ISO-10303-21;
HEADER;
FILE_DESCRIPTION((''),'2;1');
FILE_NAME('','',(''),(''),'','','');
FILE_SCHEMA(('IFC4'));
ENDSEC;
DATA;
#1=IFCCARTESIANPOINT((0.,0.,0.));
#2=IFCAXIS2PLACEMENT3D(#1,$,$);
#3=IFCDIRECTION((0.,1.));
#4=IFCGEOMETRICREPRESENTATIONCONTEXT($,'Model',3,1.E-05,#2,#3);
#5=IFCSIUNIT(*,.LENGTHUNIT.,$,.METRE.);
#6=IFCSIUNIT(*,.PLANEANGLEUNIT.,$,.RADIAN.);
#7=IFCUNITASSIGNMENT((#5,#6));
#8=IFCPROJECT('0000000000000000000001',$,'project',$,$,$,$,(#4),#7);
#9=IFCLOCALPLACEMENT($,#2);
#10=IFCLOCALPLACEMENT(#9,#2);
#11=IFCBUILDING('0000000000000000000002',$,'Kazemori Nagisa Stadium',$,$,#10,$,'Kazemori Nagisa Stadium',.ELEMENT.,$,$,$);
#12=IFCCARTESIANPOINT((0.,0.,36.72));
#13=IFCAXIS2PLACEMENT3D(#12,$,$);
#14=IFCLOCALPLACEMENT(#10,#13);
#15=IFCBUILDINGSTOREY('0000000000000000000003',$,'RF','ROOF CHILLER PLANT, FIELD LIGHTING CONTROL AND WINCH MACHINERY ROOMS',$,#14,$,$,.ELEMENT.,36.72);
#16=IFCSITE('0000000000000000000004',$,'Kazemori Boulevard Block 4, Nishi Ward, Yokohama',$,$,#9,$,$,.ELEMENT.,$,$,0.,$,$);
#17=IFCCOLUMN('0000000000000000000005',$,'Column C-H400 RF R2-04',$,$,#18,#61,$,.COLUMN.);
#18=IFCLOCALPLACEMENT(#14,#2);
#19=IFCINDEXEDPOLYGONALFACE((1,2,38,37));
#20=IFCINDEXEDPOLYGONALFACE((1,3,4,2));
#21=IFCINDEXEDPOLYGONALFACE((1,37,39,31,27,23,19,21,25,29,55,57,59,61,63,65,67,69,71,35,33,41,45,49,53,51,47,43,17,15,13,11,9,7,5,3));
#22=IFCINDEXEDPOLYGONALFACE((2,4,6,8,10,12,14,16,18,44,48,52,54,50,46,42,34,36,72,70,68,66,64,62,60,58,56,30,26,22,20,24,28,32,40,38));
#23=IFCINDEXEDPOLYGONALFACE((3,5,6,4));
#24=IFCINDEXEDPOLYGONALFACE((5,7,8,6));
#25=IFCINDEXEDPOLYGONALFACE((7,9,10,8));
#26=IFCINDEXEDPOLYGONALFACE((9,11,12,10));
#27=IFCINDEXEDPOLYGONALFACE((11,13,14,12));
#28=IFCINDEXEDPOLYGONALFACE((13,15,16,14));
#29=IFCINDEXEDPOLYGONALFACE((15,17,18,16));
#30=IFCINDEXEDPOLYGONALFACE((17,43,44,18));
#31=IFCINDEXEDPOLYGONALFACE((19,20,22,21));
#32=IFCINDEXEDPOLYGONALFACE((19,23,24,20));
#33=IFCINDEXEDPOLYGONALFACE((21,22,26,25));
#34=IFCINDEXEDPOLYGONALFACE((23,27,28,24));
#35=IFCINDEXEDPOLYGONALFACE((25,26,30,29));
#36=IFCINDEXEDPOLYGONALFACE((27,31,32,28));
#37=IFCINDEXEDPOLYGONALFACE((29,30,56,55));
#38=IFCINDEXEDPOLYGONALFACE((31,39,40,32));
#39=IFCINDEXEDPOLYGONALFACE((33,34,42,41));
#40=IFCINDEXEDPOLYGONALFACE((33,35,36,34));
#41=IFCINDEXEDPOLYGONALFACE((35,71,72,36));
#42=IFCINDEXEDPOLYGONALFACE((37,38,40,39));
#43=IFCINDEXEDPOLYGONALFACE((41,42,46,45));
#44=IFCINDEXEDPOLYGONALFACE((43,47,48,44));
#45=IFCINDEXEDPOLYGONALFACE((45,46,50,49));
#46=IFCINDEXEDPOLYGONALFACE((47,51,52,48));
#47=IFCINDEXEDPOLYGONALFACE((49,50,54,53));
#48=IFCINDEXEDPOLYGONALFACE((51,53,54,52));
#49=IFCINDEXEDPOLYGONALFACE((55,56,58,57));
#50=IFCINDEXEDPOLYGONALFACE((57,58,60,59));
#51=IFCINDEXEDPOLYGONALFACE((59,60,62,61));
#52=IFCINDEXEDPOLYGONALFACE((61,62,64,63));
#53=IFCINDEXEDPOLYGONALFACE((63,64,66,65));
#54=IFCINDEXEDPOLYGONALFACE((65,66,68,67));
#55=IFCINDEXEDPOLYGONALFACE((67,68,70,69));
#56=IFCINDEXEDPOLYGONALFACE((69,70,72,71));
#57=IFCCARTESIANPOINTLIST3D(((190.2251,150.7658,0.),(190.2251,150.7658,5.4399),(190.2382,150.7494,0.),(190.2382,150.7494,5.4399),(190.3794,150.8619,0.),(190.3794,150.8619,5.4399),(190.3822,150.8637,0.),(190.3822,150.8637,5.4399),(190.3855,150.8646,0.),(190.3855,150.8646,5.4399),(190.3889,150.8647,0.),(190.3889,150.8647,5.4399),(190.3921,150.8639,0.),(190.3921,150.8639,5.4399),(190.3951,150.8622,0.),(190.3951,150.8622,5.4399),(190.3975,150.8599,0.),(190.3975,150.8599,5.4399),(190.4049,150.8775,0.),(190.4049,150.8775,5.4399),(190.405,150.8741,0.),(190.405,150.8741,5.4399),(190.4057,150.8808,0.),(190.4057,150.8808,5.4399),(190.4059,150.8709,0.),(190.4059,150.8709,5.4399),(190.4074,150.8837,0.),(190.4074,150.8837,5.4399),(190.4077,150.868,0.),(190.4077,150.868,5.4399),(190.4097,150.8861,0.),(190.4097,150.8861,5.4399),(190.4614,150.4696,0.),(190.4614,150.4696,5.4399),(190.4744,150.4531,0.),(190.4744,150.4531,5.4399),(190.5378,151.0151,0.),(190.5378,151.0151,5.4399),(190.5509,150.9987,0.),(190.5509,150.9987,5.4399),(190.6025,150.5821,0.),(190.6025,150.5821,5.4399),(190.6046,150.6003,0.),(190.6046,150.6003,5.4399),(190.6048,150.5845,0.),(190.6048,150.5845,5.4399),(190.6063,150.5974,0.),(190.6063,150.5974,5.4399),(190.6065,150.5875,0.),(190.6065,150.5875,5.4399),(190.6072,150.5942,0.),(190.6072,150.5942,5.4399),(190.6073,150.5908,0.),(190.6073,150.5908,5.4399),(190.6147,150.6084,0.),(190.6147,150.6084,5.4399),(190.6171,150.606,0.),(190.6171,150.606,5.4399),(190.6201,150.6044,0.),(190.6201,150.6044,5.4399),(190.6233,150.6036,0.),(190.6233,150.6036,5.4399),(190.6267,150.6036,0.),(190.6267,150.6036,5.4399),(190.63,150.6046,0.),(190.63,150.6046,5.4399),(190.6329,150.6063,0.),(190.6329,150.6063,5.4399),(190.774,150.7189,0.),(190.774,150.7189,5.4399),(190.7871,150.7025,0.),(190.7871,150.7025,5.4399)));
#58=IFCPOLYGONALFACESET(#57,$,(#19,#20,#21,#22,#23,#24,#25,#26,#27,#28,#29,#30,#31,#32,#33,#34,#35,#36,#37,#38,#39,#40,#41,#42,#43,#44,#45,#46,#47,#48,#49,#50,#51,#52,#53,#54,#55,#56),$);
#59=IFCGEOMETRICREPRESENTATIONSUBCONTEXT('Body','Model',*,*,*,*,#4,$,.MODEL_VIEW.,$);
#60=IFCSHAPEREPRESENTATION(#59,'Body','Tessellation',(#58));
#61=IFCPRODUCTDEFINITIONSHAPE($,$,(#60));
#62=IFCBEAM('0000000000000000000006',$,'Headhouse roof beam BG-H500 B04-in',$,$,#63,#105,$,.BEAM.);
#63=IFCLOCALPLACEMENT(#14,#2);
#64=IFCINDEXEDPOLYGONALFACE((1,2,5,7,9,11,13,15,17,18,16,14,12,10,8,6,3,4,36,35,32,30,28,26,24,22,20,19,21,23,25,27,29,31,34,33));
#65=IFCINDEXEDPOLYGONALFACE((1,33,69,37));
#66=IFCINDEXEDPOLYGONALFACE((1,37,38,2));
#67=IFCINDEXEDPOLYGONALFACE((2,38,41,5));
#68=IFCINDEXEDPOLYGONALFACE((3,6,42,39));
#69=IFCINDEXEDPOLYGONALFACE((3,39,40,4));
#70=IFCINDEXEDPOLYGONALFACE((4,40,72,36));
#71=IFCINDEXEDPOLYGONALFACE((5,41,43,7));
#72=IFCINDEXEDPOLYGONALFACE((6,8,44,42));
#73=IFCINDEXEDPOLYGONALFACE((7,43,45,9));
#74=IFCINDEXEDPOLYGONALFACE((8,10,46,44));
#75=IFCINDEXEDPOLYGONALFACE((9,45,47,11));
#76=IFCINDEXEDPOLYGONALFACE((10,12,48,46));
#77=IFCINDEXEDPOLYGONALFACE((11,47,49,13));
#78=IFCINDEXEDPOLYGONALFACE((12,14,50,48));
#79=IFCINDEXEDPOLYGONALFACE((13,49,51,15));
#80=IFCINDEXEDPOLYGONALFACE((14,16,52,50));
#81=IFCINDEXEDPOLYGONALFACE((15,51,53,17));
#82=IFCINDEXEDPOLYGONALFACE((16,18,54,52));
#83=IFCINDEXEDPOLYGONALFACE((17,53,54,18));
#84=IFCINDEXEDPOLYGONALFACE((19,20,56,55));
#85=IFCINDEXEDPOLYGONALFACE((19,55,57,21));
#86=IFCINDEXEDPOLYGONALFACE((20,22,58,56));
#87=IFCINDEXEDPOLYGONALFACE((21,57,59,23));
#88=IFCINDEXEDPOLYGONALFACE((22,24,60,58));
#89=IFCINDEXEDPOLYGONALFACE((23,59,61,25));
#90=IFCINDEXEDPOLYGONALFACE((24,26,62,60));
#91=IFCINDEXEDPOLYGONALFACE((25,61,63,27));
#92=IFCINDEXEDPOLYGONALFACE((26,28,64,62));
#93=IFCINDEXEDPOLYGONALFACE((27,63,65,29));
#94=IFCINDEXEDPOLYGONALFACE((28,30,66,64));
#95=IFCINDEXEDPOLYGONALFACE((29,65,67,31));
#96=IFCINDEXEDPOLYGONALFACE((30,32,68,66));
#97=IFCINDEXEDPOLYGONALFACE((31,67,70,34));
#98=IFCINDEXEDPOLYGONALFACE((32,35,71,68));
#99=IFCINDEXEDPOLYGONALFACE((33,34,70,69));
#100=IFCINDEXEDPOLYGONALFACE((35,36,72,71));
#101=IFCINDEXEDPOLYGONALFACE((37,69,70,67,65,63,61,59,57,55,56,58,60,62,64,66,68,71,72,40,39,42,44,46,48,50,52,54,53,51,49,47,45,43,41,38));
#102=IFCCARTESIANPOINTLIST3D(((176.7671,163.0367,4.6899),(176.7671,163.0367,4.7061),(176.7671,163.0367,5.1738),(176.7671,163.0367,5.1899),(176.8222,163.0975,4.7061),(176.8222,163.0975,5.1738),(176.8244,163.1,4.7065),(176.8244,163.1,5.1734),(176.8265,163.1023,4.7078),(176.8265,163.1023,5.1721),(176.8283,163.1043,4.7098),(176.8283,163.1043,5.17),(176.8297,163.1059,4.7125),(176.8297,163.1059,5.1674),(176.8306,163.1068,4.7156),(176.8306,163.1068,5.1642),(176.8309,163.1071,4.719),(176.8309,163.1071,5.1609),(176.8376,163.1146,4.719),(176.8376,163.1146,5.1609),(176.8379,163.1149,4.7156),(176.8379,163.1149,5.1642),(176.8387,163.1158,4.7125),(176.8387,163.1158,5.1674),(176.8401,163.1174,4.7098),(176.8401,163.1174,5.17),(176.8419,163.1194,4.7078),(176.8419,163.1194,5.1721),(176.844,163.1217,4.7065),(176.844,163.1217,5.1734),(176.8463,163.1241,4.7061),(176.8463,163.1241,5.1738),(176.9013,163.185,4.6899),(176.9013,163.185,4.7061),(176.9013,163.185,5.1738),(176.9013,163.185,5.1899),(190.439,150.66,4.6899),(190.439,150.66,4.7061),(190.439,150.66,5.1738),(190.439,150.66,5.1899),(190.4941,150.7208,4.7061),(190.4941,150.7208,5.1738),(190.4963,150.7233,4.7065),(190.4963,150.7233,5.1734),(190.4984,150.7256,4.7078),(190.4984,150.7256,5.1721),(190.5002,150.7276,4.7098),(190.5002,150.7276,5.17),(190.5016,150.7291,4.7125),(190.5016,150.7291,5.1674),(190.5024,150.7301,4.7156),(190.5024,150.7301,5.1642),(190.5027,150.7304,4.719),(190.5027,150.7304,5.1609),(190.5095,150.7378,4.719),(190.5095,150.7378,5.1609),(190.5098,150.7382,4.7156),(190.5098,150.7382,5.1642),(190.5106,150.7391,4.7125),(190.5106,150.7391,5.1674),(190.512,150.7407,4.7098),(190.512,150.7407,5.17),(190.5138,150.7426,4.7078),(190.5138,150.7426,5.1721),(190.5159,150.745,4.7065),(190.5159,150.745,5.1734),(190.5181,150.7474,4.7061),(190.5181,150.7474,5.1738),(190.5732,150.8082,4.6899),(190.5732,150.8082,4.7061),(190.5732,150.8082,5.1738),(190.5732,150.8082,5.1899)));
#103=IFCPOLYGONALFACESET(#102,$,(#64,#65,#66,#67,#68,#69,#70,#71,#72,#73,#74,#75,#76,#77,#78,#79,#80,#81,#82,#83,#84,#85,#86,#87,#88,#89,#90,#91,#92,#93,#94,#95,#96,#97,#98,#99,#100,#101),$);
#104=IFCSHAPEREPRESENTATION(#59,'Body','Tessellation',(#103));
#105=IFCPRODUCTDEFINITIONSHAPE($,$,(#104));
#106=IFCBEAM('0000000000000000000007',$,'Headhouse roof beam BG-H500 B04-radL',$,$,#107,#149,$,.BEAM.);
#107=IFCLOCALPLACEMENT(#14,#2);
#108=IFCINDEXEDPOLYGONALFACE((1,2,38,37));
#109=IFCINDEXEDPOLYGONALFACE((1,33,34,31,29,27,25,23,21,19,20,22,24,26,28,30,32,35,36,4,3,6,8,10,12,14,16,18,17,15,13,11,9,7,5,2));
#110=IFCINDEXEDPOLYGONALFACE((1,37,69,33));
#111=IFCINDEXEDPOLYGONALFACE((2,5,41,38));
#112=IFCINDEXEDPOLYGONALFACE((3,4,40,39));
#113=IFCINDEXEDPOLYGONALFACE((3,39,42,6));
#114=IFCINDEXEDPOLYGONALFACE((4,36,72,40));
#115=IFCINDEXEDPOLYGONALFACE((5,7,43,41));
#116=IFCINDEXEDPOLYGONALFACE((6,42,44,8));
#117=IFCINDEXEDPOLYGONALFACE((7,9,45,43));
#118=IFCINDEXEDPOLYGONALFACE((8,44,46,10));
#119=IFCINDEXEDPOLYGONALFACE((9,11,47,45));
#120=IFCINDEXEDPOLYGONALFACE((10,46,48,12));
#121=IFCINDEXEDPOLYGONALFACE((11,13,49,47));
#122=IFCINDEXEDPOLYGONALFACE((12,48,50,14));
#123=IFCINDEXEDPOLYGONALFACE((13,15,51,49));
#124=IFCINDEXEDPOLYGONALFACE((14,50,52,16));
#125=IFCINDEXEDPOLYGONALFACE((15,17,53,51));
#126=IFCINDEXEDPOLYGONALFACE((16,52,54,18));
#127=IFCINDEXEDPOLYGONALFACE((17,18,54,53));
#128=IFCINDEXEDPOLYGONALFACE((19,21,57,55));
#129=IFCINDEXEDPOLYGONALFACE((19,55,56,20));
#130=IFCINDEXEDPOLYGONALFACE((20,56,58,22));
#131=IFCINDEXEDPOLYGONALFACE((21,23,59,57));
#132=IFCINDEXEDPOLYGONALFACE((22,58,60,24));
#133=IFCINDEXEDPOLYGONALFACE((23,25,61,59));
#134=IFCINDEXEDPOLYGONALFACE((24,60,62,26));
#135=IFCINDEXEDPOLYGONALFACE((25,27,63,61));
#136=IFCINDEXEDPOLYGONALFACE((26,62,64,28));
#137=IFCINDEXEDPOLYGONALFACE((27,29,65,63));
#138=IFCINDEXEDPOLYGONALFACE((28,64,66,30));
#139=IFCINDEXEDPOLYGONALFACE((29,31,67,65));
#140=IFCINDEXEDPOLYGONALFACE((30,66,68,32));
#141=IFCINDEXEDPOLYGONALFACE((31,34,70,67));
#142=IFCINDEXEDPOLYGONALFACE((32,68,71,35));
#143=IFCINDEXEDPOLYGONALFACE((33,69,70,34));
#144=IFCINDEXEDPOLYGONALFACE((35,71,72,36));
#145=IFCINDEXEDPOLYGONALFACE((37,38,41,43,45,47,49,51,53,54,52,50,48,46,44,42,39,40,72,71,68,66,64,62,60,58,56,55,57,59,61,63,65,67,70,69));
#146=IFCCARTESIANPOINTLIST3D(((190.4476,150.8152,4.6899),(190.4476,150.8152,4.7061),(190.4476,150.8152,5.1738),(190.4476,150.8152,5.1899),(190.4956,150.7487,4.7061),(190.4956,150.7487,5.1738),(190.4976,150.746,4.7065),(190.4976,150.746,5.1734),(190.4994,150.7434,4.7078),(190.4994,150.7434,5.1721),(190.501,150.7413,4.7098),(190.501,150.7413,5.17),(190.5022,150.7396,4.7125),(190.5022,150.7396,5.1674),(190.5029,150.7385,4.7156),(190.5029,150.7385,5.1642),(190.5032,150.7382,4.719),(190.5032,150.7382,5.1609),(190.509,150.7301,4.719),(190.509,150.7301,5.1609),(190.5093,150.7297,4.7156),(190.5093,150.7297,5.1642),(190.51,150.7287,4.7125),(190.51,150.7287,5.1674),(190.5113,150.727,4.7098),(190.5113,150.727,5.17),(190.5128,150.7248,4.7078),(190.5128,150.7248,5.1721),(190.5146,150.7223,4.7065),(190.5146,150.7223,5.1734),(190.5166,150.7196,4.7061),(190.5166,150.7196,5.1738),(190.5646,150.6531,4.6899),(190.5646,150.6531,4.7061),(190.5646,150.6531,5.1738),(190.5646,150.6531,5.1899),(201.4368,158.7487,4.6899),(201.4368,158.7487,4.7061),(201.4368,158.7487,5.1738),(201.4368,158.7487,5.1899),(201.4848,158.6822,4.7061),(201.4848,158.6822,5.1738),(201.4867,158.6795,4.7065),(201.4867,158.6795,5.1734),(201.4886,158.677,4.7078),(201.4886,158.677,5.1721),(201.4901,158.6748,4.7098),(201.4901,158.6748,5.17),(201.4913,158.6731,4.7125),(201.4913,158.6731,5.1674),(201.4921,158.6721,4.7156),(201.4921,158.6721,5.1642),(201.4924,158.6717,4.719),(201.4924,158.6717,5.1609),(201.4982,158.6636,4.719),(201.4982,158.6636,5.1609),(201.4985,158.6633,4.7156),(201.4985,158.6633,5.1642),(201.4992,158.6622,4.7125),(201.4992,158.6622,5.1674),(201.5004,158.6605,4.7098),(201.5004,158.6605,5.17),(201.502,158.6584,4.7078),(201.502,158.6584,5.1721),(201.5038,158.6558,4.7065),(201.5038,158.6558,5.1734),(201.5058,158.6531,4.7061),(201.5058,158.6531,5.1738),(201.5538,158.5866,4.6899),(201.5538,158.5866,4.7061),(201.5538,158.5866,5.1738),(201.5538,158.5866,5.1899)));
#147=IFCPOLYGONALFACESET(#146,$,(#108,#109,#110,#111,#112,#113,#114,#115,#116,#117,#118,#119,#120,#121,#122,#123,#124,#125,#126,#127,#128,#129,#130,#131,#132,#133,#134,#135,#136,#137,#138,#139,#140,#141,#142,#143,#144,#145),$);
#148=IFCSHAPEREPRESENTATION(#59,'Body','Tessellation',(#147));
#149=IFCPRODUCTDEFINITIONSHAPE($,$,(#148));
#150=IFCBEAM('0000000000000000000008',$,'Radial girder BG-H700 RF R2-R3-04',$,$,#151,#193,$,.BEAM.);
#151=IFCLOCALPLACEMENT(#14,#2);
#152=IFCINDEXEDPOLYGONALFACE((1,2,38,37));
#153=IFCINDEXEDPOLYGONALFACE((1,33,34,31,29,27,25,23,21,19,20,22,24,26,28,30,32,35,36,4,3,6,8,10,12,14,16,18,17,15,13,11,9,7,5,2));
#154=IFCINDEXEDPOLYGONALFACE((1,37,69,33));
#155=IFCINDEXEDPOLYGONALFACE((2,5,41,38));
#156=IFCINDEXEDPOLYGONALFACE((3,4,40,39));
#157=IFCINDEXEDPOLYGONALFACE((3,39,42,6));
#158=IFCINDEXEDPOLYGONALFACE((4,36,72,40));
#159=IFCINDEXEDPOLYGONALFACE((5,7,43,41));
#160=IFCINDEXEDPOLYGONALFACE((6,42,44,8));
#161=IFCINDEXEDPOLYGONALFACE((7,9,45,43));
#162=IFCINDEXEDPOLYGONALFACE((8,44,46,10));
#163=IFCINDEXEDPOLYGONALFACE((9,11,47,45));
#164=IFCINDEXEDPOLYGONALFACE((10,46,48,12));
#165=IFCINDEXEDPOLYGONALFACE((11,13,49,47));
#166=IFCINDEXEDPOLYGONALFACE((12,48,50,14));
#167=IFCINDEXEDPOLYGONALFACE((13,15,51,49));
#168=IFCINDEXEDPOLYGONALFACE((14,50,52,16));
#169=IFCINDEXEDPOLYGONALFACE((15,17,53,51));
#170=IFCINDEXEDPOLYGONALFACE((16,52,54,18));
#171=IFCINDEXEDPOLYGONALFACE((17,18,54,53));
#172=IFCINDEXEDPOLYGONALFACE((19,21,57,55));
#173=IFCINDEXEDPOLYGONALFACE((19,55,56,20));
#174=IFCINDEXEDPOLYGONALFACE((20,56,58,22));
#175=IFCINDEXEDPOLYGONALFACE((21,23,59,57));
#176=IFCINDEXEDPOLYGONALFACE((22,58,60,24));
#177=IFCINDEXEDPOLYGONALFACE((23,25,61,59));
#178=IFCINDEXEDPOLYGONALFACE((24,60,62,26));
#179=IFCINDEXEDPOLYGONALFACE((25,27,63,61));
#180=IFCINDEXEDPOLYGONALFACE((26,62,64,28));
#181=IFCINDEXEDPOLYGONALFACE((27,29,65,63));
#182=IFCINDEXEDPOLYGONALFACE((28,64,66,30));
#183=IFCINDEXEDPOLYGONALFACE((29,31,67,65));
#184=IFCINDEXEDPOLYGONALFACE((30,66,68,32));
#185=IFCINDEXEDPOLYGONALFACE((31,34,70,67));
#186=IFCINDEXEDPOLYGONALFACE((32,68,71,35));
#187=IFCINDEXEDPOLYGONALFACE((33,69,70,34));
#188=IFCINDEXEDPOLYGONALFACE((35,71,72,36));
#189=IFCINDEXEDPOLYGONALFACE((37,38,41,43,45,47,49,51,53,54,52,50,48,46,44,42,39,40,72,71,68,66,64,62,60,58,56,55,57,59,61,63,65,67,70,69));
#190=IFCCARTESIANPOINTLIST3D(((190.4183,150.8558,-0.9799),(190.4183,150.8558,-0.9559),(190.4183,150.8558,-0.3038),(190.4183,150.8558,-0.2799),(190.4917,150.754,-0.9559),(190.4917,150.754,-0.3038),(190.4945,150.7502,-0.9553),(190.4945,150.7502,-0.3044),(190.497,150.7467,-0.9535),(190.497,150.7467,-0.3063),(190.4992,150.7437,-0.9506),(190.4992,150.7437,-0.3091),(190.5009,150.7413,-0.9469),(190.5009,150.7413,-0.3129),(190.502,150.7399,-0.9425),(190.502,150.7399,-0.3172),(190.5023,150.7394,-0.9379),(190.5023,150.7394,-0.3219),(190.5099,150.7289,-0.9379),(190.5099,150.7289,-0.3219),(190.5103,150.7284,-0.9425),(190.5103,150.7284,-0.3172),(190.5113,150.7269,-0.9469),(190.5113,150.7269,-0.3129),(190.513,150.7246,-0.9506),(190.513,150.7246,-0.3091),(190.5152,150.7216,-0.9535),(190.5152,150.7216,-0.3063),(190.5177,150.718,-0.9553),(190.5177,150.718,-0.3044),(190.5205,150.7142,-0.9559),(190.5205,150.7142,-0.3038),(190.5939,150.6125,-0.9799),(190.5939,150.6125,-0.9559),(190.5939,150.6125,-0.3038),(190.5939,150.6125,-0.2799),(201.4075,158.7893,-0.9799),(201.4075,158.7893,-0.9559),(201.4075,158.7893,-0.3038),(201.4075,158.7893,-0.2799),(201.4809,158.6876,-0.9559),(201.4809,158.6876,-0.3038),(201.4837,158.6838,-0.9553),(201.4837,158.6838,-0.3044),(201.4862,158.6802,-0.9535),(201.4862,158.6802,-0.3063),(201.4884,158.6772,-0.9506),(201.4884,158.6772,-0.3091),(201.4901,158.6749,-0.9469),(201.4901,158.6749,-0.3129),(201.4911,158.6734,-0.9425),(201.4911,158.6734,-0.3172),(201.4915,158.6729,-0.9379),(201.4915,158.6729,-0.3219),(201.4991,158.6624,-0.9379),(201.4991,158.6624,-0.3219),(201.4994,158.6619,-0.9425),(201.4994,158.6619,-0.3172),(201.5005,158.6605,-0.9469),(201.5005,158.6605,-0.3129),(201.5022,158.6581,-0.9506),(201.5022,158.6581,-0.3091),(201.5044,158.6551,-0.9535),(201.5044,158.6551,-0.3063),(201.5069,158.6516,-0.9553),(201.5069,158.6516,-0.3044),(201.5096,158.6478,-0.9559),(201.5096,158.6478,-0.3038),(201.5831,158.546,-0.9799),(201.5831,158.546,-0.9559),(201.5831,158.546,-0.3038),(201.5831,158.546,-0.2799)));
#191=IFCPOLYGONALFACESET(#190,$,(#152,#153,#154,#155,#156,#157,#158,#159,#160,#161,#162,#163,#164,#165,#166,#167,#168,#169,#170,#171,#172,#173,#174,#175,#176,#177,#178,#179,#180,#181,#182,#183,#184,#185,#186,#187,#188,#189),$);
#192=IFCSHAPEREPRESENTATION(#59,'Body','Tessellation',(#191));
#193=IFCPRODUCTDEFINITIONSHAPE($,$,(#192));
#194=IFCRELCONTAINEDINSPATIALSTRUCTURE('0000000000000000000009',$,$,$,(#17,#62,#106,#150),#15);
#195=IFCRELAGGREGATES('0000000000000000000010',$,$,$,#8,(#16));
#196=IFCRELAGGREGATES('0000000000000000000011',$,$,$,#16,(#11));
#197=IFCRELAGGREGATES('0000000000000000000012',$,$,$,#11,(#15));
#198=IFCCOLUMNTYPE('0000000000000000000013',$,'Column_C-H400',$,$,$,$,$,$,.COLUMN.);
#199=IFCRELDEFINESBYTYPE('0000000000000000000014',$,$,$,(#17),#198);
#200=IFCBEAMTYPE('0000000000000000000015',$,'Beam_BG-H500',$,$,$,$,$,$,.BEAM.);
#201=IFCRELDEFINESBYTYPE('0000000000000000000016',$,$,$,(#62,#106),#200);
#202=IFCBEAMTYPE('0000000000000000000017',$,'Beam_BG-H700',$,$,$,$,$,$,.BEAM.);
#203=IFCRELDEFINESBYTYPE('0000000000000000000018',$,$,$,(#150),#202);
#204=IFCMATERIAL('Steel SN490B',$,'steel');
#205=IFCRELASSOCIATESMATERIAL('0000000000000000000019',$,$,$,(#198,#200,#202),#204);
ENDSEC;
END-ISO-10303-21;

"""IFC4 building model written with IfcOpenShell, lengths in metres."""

from ifc_helpers import new_model, si_unit, direction, frame, origin, origin_2d, place, context, subcontext, project, spatial, i_section, extrude, material, material_profile, profile_set, type_object, element, save


model = new_model("IFC4")

# Units and contexts
model_context = context("Model", 3, precision=1e-05, world=origin(), true_north=direction((0.0, 1.0)))
body_context = subcontext(model_context, "Body", "Model", "MODEL_VIEW")
ifc_project = project(units=[si_unit("LENGTHUNIT", "METRE"), si_unit("PLANEANGLEUNIT", "RADIAN")], contexts=[model_context])

# Site, building, storey
site_placement = place(None, origin())
site = spatial("IfcSite", under=ifc_project, at=site_placement, Name="Kazemori Boulevard Block 4, Nishi Ward, Yokohama", CompositionType="ELEMENT", RefElevation=0.0)
building_placement = place(site_placement, origin())
building = spatial("IfcBuilding", under=site, at=building_placement, Name="Kazemori Nagisa Stadium", LongName="Kazemori Nagisa Stadium", CompositionType="ELEMENT")
storey_placement = place(building_placement, frame((0.0, 0.0, 36.72)))
storey = spatial("IfcBuildingStorey", under=building, at=storey_placement, Name="RF", Description="ROOF CHILLER PLANT, FIELD LIGHTING CONTROL AND WINCH MACHINERY ROOMS", CompositionType="ELEMENT", Elevation=36.72)

# Column
ifc_material_1 = material(Name="Steel SN490B", Category="steel")
ifc_material_profile_1 = material_profile(ifc_material_1, i_section(OverallWidth=0.3999, OverallDepth=0.3999, WebThickness=0.0129, FlangeThickness=0.021, FilletRadius=0.0129, at=origin_2d()), Name="H-400x400x13x21")
ifc_profile_set_1 = profile_set([ifc_material_profile_1], Name="Steel SN490B")
column_type = type_object("IfcColumnType", Name="Column_C-H400", PredefinedType="COLUMN", material=ifc_profile_set_1)
column_placement = place(storey_placement, frame((190.5061, 150.7341, 0.0), z_axis=(0.0, 0.0, 1.0), x_axis=(0.781831, 0.62349, 0.0)))
element("IfcColumn", 1, at=column_placement, inside=storey, type_object=column_type, Name="Column C-H400 RF R2-04", PredefinedType="COLUMN", context=body_context, shape_type="SweptSolid", body=[
    extrude(i_section(OverallWidth=0.3999, OverallDepth=0.3999, WebThickness=0.0129, FlangeThickness=0.021, FilletRadius=0.0129, at=origin_2d()), origin(), (0.0, 0.0, 1.0), 5.4399),
])

# Beams
ifc_material_profile_2 = material_profile(ifc_material_1, i_section(OverallWidth=0.2, OverallDepth=0.5, WebThickness=0.01, FlangeThickness=0.0161, FilletRadius=0.0129, at=origin_2d()), Name="H-500x200x10x16")
ifc_profile_set_2 = profile_set([ifc_material_profile_2], Name="Steel SN490B")
beam_type_1 = type_object("IfcBeamType", Name="Beam_BG-H500", PredefinedType="BEAM", material=ifc_profile_set_2)
beam_1_placement = place(storey_placement, frame((190.5061, 150.7341, 4.9399), z_axis=(-0.741349, 0.67112, 0.0), x_axis=(-0.67112, -0.741349, 0.0)))
element("IfcBeam", 2, at=beam_1_placement, inside=storey, type_object=beam_type_1, Name="Headhouse roof beam BG-H500 B04-in", PredefinedType="BEAM", context=body_context, shape_type="SweptSolid", body=[
    extrude(i_section(OverallWidth=0.2, OverallDepth=0.5, WebThickness=0.01, FlangeThickness=0.0161, FilletRadius=0.0129, at=origin_2d()), origin(), (0.0, 0.0, 1.0), 18.4419),
])
beam_2_placement = place(storey_placement, frame((190.5061, 150.7341, 4.9399), z_axis=(0.810788, 0.585341, 0.0), x_axis=(-0.585341, 0.810788, 0.0)))
element("IfcBeam", 3, at=beam_2_placement, inside=storey, type_object=beam_type_1, Name="Headhouse roof beam BG-H500 B04-radL", PredefinedType="BEAM", context=body_context, shape_type="SweptSolid", body=[
    extrude(i_section(OverallWidth=0.2, OverallDepth=0.5, WebThickness=0.01, FlangeThickness=0.0161, FilletRadius=0.0129, at=origin_2d()), origin(), (0.0, 0.0, 1.0), 13.5537),
])
ifc_material_profile_3 = material_profile(ifc_material_1, i_section(OverallWidth=0.3, OverallDepth=0.7, WebThickness=0.0129, FlangeThickness=0.0239, FilletRadius=0.0181, at=origin_2d()), Name="H-700x300x13x24")
ifc_profile_set_3 = profile_set([ifc_material_profile_3], Name="Steel SN490B")
beam_type_2 = type_object("IfcBeamType", Name="Beam_BG-H700", PredefinedType="BEAM", material=ifc_profile_set_3)
beam_3_placement = place(storey_placement, frame((190.5061, 150.7341, -0.6299), z_axis=(0.810788, 0.585341, 0.0), x_axis=(-0.585341, 0.810788, 0.0)))
element("IfcBeam", 4, at=beam_3_placement, inside=storey, type_object=beam_type_2, Name="Radial girder BG-H700 RF R2-R3-04", PredefinedType="BEAM", context=body_context, shape_type="SweptSolid", body=[
    extrude(i_section(OverallWidth=0.3, OverallDepth=0.7, WebThickness=0.0129, FlangeThickness=0.0239, FilletRadius=0.0181, at=origin_2d()), origin(), (0.0, 0.0, 1.0), 13.5537),
])

save(model, "model.ifc")
